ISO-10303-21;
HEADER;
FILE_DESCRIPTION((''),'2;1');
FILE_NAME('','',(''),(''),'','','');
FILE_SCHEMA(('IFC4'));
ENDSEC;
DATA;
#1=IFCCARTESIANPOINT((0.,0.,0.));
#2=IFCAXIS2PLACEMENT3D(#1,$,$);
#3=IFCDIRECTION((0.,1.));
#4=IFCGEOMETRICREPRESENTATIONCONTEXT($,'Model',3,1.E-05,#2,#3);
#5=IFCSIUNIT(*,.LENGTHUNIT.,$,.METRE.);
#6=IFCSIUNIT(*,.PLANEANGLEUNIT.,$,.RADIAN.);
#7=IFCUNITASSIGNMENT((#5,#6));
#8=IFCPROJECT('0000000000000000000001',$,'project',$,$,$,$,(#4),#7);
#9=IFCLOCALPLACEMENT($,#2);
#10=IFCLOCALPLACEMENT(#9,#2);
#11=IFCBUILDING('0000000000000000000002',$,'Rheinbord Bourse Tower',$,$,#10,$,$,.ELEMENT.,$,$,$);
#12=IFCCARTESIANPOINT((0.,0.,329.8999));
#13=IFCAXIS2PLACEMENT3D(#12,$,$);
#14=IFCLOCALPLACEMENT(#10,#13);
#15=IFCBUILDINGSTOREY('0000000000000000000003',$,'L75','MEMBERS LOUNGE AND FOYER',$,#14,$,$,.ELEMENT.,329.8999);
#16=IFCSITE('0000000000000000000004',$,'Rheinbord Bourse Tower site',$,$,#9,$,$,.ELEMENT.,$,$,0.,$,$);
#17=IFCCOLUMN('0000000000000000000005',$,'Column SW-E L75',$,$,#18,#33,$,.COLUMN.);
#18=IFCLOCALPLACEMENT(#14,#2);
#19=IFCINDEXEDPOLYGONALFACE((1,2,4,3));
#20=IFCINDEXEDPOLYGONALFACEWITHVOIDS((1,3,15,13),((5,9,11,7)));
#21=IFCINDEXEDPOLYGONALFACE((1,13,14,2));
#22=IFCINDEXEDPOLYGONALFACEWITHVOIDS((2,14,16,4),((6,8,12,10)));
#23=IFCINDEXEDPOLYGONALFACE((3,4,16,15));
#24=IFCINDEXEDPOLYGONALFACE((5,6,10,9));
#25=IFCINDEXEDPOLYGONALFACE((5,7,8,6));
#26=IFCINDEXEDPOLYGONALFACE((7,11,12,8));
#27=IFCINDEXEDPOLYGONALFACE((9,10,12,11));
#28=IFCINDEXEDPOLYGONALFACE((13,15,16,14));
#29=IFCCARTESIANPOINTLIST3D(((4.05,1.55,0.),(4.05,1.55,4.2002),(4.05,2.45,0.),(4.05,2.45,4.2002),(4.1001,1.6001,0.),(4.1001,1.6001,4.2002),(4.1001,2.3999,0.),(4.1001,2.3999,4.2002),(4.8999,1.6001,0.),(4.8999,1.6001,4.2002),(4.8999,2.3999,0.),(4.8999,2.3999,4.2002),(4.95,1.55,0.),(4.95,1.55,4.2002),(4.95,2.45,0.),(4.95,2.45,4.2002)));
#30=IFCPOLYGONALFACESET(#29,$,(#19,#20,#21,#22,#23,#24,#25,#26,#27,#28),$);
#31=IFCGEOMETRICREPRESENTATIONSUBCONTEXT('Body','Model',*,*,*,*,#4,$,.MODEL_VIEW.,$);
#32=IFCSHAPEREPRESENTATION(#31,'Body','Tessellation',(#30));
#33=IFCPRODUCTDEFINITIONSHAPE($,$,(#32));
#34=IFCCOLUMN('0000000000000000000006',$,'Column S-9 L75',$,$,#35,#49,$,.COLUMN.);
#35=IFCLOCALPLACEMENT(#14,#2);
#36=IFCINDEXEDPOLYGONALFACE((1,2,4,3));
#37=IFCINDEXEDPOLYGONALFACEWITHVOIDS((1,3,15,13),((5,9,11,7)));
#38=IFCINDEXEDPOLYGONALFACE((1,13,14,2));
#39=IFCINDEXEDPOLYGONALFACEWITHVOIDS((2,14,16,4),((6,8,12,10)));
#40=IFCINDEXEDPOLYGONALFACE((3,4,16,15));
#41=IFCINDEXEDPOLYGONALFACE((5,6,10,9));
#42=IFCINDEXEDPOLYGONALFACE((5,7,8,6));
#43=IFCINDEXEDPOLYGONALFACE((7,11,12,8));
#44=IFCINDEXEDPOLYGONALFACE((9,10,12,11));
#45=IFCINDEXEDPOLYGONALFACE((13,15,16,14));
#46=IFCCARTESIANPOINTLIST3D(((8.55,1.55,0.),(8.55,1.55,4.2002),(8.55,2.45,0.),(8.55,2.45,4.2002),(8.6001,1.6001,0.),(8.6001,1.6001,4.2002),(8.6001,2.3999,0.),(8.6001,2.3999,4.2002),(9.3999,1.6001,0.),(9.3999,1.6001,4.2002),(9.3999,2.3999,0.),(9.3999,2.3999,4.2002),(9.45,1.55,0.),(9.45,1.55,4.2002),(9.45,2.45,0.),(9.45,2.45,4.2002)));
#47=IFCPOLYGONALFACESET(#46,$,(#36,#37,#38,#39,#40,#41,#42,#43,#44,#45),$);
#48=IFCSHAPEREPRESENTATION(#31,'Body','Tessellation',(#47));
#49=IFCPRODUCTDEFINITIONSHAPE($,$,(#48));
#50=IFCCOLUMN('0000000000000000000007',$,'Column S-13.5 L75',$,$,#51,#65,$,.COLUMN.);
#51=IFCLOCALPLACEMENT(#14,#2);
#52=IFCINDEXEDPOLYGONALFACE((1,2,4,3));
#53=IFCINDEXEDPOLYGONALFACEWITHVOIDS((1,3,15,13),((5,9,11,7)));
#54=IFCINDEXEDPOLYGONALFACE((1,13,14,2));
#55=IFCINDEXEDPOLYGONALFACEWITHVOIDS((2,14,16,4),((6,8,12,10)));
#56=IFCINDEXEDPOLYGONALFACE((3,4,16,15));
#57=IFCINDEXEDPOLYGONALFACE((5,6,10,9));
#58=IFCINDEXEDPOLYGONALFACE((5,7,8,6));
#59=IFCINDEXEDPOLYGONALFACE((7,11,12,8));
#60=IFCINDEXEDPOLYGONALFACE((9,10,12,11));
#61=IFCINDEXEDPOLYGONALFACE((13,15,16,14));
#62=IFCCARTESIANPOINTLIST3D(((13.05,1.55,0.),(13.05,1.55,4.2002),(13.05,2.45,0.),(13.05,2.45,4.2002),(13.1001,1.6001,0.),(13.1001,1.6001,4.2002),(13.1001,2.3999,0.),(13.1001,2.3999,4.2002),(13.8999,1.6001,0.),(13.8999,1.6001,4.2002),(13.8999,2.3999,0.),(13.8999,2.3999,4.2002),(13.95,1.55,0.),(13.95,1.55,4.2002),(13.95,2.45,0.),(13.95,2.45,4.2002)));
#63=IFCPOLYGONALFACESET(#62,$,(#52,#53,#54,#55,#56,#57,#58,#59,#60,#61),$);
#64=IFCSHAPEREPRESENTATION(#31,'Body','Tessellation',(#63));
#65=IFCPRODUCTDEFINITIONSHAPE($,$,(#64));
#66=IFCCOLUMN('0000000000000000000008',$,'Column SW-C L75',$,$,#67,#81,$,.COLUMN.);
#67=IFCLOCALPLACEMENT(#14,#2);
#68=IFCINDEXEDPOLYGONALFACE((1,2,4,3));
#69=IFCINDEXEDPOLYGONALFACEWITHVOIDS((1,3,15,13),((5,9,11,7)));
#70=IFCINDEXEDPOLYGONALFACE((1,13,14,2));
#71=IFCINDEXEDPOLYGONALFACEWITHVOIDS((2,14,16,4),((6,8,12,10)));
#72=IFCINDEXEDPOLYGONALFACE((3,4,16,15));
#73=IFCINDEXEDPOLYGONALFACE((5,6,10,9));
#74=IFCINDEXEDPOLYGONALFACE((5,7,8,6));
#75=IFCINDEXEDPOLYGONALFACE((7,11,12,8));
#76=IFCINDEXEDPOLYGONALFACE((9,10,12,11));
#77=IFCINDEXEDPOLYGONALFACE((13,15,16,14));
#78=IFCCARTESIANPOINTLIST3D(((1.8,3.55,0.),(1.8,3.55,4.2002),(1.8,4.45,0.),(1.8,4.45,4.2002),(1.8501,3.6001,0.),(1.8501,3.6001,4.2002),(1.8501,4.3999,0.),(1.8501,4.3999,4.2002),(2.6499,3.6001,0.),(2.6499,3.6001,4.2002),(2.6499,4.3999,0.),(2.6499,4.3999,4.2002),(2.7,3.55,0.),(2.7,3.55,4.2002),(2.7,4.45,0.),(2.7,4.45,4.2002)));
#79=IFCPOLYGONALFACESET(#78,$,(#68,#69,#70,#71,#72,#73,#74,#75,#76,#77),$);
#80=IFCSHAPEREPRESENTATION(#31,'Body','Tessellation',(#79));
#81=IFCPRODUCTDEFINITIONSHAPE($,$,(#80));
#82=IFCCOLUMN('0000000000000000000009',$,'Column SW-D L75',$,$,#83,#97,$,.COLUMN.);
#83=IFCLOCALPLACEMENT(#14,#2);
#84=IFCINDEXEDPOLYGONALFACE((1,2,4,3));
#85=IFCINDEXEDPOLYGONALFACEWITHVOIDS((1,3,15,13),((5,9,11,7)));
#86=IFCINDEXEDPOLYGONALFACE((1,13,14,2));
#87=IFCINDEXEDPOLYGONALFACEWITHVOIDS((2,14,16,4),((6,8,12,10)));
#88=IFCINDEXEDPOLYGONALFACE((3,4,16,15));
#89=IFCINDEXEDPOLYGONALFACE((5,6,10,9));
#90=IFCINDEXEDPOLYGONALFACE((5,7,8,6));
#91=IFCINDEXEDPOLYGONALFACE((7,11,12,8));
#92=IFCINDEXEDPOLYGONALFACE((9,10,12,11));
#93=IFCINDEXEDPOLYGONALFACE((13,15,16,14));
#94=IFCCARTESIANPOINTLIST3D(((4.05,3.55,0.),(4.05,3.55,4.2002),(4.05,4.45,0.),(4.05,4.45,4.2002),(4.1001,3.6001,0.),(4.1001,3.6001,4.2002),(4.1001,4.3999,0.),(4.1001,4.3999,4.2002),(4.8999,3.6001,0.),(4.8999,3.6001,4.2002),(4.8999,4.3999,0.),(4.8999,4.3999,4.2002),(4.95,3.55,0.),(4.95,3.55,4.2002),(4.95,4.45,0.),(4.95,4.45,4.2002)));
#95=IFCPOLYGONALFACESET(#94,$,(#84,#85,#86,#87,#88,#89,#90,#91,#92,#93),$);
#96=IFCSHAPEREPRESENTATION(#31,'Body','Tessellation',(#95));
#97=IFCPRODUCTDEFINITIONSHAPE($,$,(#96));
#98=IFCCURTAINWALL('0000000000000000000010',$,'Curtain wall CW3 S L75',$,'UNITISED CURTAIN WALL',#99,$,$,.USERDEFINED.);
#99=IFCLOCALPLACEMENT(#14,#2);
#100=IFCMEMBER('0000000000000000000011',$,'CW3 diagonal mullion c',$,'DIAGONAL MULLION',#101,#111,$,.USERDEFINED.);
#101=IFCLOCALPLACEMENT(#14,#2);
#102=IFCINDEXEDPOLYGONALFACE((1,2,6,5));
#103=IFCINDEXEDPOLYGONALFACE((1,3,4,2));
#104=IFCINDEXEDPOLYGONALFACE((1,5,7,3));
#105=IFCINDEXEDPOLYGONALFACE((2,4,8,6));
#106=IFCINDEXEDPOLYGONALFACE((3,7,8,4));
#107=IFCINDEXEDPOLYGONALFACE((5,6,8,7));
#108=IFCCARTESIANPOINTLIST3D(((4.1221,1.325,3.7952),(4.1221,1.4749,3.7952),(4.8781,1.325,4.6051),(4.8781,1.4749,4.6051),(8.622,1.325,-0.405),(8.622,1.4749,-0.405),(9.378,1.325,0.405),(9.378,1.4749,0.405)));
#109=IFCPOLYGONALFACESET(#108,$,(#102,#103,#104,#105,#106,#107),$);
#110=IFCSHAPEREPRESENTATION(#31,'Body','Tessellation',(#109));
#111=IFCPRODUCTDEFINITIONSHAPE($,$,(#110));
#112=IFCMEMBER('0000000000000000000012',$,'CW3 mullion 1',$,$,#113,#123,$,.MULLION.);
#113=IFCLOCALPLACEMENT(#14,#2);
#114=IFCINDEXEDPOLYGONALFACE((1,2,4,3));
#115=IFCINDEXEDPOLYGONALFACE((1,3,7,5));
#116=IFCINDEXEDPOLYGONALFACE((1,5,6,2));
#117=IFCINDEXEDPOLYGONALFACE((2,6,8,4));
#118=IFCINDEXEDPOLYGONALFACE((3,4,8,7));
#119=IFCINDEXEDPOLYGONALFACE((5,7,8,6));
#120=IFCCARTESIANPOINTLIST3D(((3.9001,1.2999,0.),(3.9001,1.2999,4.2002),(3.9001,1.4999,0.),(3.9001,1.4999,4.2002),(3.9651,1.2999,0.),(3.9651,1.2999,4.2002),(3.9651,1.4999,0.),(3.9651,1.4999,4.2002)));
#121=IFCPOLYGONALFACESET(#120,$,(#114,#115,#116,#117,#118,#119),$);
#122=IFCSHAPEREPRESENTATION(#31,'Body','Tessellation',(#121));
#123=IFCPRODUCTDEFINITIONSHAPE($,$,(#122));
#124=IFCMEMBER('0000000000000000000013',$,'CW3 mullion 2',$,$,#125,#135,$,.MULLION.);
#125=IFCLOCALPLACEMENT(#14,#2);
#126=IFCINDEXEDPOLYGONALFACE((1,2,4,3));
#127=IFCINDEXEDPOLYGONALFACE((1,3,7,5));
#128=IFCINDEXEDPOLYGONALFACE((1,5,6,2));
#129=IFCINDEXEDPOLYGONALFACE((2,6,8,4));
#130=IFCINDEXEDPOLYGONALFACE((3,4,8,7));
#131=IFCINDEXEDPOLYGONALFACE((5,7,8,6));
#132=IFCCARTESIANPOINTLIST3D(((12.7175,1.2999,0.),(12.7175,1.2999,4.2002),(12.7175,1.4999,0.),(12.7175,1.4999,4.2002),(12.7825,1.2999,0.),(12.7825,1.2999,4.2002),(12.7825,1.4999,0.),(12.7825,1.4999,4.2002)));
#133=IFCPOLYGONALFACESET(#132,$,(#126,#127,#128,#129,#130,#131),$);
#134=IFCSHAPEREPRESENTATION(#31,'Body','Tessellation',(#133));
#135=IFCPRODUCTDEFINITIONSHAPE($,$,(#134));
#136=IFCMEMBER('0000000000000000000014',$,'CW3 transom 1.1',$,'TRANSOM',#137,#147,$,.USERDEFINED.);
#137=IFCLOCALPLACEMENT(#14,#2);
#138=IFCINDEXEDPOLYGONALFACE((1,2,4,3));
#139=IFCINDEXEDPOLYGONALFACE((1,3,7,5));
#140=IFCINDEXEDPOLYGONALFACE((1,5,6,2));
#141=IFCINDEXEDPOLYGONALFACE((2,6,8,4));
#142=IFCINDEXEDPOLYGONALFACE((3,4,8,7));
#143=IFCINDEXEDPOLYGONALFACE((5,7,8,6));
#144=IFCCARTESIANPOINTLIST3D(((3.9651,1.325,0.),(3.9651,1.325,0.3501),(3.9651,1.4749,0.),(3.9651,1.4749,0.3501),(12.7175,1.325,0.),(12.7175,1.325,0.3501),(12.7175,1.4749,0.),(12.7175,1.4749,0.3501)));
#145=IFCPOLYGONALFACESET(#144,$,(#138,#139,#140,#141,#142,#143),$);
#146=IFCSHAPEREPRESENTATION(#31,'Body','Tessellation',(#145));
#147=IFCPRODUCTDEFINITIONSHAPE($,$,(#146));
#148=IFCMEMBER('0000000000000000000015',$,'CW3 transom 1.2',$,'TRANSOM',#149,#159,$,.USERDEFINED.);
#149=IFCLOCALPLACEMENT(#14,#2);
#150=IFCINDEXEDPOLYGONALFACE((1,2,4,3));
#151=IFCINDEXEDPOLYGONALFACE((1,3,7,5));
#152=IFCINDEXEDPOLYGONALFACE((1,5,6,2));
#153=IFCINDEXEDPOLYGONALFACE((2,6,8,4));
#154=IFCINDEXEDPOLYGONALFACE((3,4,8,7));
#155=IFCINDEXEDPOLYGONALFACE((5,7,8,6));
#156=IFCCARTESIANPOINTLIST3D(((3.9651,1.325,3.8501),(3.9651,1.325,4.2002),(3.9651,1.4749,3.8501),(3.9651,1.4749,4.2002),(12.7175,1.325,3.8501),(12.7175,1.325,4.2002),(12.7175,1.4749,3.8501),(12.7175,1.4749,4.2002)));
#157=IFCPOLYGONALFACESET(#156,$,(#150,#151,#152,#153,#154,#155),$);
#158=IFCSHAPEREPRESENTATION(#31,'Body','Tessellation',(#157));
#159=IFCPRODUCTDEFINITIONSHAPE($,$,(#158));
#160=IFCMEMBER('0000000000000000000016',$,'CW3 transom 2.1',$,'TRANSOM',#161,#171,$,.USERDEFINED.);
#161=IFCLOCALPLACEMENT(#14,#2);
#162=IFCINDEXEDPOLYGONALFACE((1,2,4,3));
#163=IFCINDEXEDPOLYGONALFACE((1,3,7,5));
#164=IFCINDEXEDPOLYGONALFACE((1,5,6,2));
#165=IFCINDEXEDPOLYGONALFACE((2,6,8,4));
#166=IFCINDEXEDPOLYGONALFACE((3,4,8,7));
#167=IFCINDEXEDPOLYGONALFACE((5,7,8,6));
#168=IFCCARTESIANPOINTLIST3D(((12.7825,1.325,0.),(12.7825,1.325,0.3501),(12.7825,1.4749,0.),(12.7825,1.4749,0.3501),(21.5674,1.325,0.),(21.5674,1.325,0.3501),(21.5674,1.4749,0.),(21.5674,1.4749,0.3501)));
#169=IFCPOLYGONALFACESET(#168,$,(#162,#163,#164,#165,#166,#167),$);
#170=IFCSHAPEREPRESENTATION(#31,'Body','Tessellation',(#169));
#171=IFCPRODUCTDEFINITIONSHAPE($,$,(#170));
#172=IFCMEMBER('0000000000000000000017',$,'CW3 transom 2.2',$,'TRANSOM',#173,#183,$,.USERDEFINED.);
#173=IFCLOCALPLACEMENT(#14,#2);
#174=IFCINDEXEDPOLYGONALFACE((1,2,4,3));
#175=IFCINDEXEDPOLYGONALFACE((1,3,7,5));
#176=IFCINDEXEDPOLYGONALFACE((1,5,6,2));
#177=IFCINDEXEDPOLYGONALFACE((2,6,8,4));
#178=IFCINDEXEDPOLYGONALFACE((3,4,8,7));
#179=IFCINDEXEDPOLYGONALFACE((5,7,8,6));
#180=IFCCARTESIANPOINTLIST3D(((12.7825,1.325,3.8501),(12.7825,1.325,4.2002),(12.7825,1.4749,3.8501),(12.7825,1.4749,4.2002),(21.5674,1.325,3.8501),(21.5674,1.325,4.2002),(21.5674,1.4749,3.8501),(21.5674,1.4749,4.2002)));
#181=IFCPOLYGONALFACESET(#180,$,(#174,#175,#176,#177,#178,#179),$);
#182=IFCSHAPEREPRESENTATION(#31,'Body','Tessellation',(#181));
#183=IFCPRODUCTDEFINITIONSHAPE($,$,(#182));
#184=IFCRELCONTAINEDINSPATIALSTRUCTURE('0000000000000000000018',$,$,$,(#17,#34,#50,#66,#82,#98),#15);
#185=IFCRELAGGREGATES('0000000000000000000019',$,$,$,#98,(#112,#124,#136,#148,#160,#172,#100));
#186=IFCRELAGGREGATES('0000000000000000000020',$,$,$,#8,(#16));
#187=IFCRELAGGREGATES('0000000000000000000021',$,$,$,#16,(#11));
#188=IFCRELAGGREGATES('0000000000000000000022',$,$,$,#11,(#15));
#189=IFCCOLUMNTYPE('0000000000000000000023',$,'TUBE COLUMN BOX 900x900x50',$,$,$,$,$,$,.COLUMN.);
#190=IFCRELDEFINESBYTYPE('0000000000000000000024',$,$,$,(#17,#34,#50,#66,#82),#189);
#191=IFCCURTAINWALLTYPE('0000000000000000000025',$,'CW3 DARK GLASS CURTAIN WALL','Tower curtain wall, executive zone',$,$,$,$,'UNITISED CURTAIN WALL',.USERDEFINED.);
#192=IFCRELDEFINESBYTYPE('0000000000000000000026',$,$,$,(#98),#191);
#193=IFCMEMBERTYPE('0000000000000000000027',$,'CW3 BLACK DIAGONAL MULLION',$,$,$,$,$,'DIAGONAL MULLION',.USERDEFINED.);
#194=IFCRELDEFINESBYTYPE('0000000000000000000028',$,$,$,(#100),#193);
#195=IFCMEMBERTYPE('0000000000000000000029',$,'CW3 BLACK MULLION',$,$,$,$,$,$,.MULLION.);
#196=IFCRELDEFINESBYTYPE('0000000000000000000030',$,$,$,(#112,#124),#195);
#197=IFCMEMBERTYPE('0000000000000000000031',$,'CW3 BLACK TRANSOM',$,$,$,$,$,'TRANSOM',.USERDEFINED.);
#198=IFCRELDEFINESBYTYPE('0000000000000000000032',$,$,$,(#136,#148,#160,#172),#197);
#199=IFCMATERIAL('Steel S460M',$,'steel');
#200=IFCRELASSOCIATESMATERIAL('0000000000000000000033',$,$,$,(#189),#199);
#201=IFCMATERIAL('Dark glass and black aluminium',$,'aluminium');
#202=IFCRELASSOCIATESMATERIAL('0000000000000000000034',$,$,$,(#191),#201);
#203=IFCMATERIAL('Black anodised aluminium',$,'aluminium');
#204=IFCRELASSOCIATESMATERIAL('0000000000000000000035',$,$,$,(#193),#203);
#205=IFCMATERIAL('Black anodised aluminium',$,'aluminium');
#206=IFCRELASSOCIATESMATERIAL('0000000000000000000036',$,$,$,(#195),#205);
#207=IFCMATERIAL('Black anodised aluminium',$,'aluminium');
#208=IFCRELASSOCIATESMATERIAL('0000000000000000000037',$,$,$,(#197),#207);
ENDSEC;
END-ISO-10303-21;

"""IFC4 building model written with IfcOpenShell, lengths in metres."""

from ifc_helpers import new_model, si_unit, direction, frame, origin, origin_2d, place, context, subcontext, project, spatial, rectangle, hollow_rectangle, extrude, material, material_profile, profile_set, type_object, element, aggregate, save


model = new_model("IFC4")

# Units and contexts
model_context = context("Model", 3, precision=1e-05, world=origin(), true_north=direction((0.0, 1.0)))
body_context = subcontext(model_context, "Body", "Model", "MODEL_VIEW")
ifc_project = project(units=[si_unit("LENGTHUNIT", "METRE"), si_unit("PLANEANGLEUNIT", "RADIAN")], contexts=[model_context])

# Site, building, storey
site_placement = place(None, origin())
site = spatial("IfcSite", under=ifc_project, at=site_placement, Name="Rheinbord Bourse Tower site", CompositionType="ELEMENT", RefElevation=0.0)
building_placement = place(site_placement, origin())
building = spatial("IfcBuilding", under=site, at=building_placement, Name="Rheinbord Bourse Tower", CompositionType="ELEMENT")
storey_placement = place(building_placement, frame((0.0, 0.0, 329.8999)))
storey = spatial("IfcBuildingStorey", under=building, at=storey_placement, Name="L75", Description="MEMBERS LOUNGE AND FOYER", CompositionType="ELEMENT", Elevation=329.8999)

# Columns
ifc_material_1 = material(Name="Steel S460M", Category="steel")
ifc_material_profile_1 = material_profile(ifc_material_1, hollow_rectangle(XDim=0.8999, YDim=0.8999, WallThickness=0.05, at=origin_2d()), Name="BOX 900x900x50")
ifc_profile_set_1 = profile_set([ifc_material_profile_1], Name="Steel S460M")
column_type = type_object("IfcColumnType", Name="TUBE COLUMN BOX 900x900x50", PredefinedType="COLUMN", material=ifc_profile_set_1)
for number, where, z_axis, x_axis, name in (
    (1, (4.5, 2.0, 0.0), (0.0, 0.0, 1.0), (0.0, 1.0, 0.0), "Column SW-E L75"),
    (2, (9.0, 2.0, 0.0), (0.0, 0.0, 1.0), (0.0, 1.0, 0.0), "Column S-9 L75"),
    (3, (13.5, 2.0, 0.0), (0.0, 0.0, 1.0), (0.0, 1.0, 0.0), "Column S-13.5 L75"),
    (4, (2.25, 4.0, 0.0), (0.0, 0.0, 1.0), (1.0, 0.0, 0.0), "Column SW-C L75"),
    (5, (4.5, 4.0, 0.0), (0.0, 0.0, 1.0), (0.0, 1.0, 0.0), "Column SW-D L75"),
):
    element("IfcColumn", number, at=place(storey_placement, frame(where, z_axis=z_axis, x_axis=x_axis)), inside=storey, type_object=column_type, Name=name, PredefinedType="COLUMN", context=body_context, shape_type="SweptSolid", body=[
        extrude(hollow_rectangle(XDim=0.8999, YDim=0.8999, WallThickness=0.05, at=origin_2d()), origin(), (0.0, 0.0, 1.0), 4.2002),
    ])

# Curtain wall, members
ifc_material_2 = material(Name="Dark glass and black aluminium", Category="aluminium")
curtain_wall_type = type_object("IfcCurtainWallType", Name="CW3 DARK GLASS CURTAIN WALL", Description="Tower curtain wall, executive zone", ElementType="UNITISED CURTAIN WALL", PredefinedType="USERDEFINED", material=ifc_material_2)
curtain_wall_placement = place(storey_placement, origin())
curtain_wall = element("IfcCurtainWall", 6, at=curtain_wall_placement, inside=storey, type_object=curtain_wall_type, Name="Curtain wall CW3 S L75", ObjectType="UNITISED CURTAIN WALL", PredefinedType="USERDEFINED")
ifc_material_3 = material(Name="Black anodised aluminium", Category="aluminium")
ifc_material_profile_2 = material_profile(ifc_material_3, rectangle(XDim=0.1499, YDim=1.1079, at=origin_2d()), Name="CW3 DIAGONAL MULLION 1108x150")
ifc_profile_set_2 = profile_set([ifc_material_profile_2], Name="Black anodised aluminium")
member_type_1 = type_object("IfcMemberType", Name="CW3 BLACK DIAGONAL MULLION", ElementType="DIAGONAL MULLION", PredefinedType="USERDEFINED", material=ifc_profile_set_2)
member_1_placement = place(storey_placement, frame((9.0, 1.3999, 0.0), z_axis=(-0.731039, 0.0, 0.682335), x_axis=(0.0, -1.0, 0.0)))
member_1 = element("IfcMember", 7, at=member_1_placement, type_object=member_type_1, Name="CW3 diagonal mullion c", ObjectType="DIAGONAL MULLION", PredefinedType="USERDEFINED", context=body_context, shape_type="SweptSolid", body=[
    extrude(rectangle(XDim=0.1499, YDim=1.1079, at=origin_2d()), origin(), (0.0, 0.0, 1.0), 6.1555),
])
ifc_material_4 = material(Name="Black anodised aluminium", Category="aluminium")
ifc_material_profile_3 = material_profile(ifc_material_4, rectangle(XDim=0.2, YDim=0.0649, at=origin_2d()), Name="CW3 MULLION 65x200")
ifc_profile_set_3 = profile_set([ifc_material_profile_3], Name="Black anodised aluminium")
member_type_2 = type_object("IfcMemberType", Name="CW3 BLACK MULLION", PredefinedType="MULLION", material=ifc_profile_set_3)
member_2_placement = place(storey_placement, frame((3.9326, 1.3999, 0.0), z_axis=(0.0, 0.0, 1.0), x_axis=(0.0, 1.0, 0.0)))
member_2 = element("IfcMember", 8, at=member_2_placement, type_object=member_type_2, Name="CW3 mullion 1", PredefinedType="MULLION", context=body_context, shape_type="SweptSolid", body=[
    extrude(rectangle(XDim=0.2, YDim=0.0649, at=origin_2d()), origin(), (0.0, 0.0, 1.0), 4.2002),
])
member_3_placement = place(storey_placement, frame((12.75, 1.3999, 0.0), z_axis=(0.0, 0.0, 1.0), x_axis=(0.0, 1.0, 0.0)))
member_3 = element("IfcMember", 9, at=member_3_placement, type_object=member_type_2, Name="CW3 mullion 2", PredefinedType="MULLION", context=body_context, shape_type="SweptSolid", body=[
    extrude(rectangle(XDim=0.2, YDim=0.0649, at=origin_2d()), origin(), (0.0, 0.0, 1.0), 4.2002),
])
ifc_material_5 = material(Name="Black anodised aluminium", Category="aluminium")
ifc_material_profile_4 = material_profile(ifc_material_5, rectangle(XDim=0.1499, YDim=0.3501, at=origin_2d()), Name="CW3 TRANSOM 350x150")
ifc_profile_set_4 = profile_set([ifc_material_profile_4], Name="Black anodised aluminium")
member_type_3 = type_object("IfcMemberType", Name="CW3 BLACK TRANSOM", ElementType="TRANSOM", PredefinedType="USERDEFINED", material=ifc_profile_set_4)
member_4_placement = place(storey_placement, frame((3.9651, 1.3999, 0.175), z_axis=(1.0, 0.0, 0.0), x_axis=(0.0, 1.0, 0.0)))
member_4 = element("IfcMember", 10, at=member_4_placement, type_object=member_type_3, Name="CW3 transom 1.1", ObjectType="TRANSOM", PredefinedType="USERDEFINED", context=body_context, shape_type="SweptSolid", body=[
    extrude(rectangle(XDim=0.1499, YDim=0.3501, at=origin_2d()), origin(), (0.0, 0.0, 1.0), 8.7524),
])
member_5_placement = place(storey_placement, frame((3.9651, 1.3999, 4.0251), z_axis=(1.0, 0.0, 0.0), x_axis=(0.0, 1.0, 0.0)))
member_5 = element("IfcMember", 11, at=member_5_placement, type_object=member_type_3, Name="CW3 transom 1.2", ObjectType="TRANSOM", PredefinedType="USERDEFINED", context=body_context, shape_type="SweptSolid", body=[
    extrude(rectangle(XDim=0.1499, YDim=0.3501, at=origin_2d()), origin(), (0.0, 0.0, 1.0), 8.7524),
])
member_6_placement = place(storey_placement, frame((12.7825, 1.3999, 0.175), z_axis=(1.0, 0.0, 0.0), x_axis=(0.0, 1.0, 0.0)))
member_6 = element("IfcMember", 12, at=member_6_placement, type_object=member_type_3, Name="CW3 transom 2.1", ObjectType="TRANSOM", PredefinedType="USERDEFINED", context=body_context, shape_type="SweptSolid", body=[
    extrude(rectangle(XDim=0.1499, YDim=0.3501, at=origin_2d()), origin(), (0.0, 0.0, 1.0), 8.7849),
])
member_7_placement = place(storey_placement, frame((12.7825, 1.3999, 4.0251), z_axis=(1.0, 0.0, 0.0), x_axis=(0.0, 1.0, 0.0)))
member_7 = element("IfcMember", 13, at=member_7_placement, type_object=member_type_3, Name="CW3 transom 2.2", ObjectType="TRANSOM", PredefinedType="USERDEFINED", context=body_context, shape_type="SweptSolid", body=[
    extrude(rectangle(XDim=0.1499, YDim=0.3501, at=origin_2d()), origin(), (0.0, 0.0, 1.0), 8.7849),
])

aggregate(curtain_wall, [member_2, member_3, member_4, member_5, member_6, member_7, member_1])

save(model, "model.ifc")
